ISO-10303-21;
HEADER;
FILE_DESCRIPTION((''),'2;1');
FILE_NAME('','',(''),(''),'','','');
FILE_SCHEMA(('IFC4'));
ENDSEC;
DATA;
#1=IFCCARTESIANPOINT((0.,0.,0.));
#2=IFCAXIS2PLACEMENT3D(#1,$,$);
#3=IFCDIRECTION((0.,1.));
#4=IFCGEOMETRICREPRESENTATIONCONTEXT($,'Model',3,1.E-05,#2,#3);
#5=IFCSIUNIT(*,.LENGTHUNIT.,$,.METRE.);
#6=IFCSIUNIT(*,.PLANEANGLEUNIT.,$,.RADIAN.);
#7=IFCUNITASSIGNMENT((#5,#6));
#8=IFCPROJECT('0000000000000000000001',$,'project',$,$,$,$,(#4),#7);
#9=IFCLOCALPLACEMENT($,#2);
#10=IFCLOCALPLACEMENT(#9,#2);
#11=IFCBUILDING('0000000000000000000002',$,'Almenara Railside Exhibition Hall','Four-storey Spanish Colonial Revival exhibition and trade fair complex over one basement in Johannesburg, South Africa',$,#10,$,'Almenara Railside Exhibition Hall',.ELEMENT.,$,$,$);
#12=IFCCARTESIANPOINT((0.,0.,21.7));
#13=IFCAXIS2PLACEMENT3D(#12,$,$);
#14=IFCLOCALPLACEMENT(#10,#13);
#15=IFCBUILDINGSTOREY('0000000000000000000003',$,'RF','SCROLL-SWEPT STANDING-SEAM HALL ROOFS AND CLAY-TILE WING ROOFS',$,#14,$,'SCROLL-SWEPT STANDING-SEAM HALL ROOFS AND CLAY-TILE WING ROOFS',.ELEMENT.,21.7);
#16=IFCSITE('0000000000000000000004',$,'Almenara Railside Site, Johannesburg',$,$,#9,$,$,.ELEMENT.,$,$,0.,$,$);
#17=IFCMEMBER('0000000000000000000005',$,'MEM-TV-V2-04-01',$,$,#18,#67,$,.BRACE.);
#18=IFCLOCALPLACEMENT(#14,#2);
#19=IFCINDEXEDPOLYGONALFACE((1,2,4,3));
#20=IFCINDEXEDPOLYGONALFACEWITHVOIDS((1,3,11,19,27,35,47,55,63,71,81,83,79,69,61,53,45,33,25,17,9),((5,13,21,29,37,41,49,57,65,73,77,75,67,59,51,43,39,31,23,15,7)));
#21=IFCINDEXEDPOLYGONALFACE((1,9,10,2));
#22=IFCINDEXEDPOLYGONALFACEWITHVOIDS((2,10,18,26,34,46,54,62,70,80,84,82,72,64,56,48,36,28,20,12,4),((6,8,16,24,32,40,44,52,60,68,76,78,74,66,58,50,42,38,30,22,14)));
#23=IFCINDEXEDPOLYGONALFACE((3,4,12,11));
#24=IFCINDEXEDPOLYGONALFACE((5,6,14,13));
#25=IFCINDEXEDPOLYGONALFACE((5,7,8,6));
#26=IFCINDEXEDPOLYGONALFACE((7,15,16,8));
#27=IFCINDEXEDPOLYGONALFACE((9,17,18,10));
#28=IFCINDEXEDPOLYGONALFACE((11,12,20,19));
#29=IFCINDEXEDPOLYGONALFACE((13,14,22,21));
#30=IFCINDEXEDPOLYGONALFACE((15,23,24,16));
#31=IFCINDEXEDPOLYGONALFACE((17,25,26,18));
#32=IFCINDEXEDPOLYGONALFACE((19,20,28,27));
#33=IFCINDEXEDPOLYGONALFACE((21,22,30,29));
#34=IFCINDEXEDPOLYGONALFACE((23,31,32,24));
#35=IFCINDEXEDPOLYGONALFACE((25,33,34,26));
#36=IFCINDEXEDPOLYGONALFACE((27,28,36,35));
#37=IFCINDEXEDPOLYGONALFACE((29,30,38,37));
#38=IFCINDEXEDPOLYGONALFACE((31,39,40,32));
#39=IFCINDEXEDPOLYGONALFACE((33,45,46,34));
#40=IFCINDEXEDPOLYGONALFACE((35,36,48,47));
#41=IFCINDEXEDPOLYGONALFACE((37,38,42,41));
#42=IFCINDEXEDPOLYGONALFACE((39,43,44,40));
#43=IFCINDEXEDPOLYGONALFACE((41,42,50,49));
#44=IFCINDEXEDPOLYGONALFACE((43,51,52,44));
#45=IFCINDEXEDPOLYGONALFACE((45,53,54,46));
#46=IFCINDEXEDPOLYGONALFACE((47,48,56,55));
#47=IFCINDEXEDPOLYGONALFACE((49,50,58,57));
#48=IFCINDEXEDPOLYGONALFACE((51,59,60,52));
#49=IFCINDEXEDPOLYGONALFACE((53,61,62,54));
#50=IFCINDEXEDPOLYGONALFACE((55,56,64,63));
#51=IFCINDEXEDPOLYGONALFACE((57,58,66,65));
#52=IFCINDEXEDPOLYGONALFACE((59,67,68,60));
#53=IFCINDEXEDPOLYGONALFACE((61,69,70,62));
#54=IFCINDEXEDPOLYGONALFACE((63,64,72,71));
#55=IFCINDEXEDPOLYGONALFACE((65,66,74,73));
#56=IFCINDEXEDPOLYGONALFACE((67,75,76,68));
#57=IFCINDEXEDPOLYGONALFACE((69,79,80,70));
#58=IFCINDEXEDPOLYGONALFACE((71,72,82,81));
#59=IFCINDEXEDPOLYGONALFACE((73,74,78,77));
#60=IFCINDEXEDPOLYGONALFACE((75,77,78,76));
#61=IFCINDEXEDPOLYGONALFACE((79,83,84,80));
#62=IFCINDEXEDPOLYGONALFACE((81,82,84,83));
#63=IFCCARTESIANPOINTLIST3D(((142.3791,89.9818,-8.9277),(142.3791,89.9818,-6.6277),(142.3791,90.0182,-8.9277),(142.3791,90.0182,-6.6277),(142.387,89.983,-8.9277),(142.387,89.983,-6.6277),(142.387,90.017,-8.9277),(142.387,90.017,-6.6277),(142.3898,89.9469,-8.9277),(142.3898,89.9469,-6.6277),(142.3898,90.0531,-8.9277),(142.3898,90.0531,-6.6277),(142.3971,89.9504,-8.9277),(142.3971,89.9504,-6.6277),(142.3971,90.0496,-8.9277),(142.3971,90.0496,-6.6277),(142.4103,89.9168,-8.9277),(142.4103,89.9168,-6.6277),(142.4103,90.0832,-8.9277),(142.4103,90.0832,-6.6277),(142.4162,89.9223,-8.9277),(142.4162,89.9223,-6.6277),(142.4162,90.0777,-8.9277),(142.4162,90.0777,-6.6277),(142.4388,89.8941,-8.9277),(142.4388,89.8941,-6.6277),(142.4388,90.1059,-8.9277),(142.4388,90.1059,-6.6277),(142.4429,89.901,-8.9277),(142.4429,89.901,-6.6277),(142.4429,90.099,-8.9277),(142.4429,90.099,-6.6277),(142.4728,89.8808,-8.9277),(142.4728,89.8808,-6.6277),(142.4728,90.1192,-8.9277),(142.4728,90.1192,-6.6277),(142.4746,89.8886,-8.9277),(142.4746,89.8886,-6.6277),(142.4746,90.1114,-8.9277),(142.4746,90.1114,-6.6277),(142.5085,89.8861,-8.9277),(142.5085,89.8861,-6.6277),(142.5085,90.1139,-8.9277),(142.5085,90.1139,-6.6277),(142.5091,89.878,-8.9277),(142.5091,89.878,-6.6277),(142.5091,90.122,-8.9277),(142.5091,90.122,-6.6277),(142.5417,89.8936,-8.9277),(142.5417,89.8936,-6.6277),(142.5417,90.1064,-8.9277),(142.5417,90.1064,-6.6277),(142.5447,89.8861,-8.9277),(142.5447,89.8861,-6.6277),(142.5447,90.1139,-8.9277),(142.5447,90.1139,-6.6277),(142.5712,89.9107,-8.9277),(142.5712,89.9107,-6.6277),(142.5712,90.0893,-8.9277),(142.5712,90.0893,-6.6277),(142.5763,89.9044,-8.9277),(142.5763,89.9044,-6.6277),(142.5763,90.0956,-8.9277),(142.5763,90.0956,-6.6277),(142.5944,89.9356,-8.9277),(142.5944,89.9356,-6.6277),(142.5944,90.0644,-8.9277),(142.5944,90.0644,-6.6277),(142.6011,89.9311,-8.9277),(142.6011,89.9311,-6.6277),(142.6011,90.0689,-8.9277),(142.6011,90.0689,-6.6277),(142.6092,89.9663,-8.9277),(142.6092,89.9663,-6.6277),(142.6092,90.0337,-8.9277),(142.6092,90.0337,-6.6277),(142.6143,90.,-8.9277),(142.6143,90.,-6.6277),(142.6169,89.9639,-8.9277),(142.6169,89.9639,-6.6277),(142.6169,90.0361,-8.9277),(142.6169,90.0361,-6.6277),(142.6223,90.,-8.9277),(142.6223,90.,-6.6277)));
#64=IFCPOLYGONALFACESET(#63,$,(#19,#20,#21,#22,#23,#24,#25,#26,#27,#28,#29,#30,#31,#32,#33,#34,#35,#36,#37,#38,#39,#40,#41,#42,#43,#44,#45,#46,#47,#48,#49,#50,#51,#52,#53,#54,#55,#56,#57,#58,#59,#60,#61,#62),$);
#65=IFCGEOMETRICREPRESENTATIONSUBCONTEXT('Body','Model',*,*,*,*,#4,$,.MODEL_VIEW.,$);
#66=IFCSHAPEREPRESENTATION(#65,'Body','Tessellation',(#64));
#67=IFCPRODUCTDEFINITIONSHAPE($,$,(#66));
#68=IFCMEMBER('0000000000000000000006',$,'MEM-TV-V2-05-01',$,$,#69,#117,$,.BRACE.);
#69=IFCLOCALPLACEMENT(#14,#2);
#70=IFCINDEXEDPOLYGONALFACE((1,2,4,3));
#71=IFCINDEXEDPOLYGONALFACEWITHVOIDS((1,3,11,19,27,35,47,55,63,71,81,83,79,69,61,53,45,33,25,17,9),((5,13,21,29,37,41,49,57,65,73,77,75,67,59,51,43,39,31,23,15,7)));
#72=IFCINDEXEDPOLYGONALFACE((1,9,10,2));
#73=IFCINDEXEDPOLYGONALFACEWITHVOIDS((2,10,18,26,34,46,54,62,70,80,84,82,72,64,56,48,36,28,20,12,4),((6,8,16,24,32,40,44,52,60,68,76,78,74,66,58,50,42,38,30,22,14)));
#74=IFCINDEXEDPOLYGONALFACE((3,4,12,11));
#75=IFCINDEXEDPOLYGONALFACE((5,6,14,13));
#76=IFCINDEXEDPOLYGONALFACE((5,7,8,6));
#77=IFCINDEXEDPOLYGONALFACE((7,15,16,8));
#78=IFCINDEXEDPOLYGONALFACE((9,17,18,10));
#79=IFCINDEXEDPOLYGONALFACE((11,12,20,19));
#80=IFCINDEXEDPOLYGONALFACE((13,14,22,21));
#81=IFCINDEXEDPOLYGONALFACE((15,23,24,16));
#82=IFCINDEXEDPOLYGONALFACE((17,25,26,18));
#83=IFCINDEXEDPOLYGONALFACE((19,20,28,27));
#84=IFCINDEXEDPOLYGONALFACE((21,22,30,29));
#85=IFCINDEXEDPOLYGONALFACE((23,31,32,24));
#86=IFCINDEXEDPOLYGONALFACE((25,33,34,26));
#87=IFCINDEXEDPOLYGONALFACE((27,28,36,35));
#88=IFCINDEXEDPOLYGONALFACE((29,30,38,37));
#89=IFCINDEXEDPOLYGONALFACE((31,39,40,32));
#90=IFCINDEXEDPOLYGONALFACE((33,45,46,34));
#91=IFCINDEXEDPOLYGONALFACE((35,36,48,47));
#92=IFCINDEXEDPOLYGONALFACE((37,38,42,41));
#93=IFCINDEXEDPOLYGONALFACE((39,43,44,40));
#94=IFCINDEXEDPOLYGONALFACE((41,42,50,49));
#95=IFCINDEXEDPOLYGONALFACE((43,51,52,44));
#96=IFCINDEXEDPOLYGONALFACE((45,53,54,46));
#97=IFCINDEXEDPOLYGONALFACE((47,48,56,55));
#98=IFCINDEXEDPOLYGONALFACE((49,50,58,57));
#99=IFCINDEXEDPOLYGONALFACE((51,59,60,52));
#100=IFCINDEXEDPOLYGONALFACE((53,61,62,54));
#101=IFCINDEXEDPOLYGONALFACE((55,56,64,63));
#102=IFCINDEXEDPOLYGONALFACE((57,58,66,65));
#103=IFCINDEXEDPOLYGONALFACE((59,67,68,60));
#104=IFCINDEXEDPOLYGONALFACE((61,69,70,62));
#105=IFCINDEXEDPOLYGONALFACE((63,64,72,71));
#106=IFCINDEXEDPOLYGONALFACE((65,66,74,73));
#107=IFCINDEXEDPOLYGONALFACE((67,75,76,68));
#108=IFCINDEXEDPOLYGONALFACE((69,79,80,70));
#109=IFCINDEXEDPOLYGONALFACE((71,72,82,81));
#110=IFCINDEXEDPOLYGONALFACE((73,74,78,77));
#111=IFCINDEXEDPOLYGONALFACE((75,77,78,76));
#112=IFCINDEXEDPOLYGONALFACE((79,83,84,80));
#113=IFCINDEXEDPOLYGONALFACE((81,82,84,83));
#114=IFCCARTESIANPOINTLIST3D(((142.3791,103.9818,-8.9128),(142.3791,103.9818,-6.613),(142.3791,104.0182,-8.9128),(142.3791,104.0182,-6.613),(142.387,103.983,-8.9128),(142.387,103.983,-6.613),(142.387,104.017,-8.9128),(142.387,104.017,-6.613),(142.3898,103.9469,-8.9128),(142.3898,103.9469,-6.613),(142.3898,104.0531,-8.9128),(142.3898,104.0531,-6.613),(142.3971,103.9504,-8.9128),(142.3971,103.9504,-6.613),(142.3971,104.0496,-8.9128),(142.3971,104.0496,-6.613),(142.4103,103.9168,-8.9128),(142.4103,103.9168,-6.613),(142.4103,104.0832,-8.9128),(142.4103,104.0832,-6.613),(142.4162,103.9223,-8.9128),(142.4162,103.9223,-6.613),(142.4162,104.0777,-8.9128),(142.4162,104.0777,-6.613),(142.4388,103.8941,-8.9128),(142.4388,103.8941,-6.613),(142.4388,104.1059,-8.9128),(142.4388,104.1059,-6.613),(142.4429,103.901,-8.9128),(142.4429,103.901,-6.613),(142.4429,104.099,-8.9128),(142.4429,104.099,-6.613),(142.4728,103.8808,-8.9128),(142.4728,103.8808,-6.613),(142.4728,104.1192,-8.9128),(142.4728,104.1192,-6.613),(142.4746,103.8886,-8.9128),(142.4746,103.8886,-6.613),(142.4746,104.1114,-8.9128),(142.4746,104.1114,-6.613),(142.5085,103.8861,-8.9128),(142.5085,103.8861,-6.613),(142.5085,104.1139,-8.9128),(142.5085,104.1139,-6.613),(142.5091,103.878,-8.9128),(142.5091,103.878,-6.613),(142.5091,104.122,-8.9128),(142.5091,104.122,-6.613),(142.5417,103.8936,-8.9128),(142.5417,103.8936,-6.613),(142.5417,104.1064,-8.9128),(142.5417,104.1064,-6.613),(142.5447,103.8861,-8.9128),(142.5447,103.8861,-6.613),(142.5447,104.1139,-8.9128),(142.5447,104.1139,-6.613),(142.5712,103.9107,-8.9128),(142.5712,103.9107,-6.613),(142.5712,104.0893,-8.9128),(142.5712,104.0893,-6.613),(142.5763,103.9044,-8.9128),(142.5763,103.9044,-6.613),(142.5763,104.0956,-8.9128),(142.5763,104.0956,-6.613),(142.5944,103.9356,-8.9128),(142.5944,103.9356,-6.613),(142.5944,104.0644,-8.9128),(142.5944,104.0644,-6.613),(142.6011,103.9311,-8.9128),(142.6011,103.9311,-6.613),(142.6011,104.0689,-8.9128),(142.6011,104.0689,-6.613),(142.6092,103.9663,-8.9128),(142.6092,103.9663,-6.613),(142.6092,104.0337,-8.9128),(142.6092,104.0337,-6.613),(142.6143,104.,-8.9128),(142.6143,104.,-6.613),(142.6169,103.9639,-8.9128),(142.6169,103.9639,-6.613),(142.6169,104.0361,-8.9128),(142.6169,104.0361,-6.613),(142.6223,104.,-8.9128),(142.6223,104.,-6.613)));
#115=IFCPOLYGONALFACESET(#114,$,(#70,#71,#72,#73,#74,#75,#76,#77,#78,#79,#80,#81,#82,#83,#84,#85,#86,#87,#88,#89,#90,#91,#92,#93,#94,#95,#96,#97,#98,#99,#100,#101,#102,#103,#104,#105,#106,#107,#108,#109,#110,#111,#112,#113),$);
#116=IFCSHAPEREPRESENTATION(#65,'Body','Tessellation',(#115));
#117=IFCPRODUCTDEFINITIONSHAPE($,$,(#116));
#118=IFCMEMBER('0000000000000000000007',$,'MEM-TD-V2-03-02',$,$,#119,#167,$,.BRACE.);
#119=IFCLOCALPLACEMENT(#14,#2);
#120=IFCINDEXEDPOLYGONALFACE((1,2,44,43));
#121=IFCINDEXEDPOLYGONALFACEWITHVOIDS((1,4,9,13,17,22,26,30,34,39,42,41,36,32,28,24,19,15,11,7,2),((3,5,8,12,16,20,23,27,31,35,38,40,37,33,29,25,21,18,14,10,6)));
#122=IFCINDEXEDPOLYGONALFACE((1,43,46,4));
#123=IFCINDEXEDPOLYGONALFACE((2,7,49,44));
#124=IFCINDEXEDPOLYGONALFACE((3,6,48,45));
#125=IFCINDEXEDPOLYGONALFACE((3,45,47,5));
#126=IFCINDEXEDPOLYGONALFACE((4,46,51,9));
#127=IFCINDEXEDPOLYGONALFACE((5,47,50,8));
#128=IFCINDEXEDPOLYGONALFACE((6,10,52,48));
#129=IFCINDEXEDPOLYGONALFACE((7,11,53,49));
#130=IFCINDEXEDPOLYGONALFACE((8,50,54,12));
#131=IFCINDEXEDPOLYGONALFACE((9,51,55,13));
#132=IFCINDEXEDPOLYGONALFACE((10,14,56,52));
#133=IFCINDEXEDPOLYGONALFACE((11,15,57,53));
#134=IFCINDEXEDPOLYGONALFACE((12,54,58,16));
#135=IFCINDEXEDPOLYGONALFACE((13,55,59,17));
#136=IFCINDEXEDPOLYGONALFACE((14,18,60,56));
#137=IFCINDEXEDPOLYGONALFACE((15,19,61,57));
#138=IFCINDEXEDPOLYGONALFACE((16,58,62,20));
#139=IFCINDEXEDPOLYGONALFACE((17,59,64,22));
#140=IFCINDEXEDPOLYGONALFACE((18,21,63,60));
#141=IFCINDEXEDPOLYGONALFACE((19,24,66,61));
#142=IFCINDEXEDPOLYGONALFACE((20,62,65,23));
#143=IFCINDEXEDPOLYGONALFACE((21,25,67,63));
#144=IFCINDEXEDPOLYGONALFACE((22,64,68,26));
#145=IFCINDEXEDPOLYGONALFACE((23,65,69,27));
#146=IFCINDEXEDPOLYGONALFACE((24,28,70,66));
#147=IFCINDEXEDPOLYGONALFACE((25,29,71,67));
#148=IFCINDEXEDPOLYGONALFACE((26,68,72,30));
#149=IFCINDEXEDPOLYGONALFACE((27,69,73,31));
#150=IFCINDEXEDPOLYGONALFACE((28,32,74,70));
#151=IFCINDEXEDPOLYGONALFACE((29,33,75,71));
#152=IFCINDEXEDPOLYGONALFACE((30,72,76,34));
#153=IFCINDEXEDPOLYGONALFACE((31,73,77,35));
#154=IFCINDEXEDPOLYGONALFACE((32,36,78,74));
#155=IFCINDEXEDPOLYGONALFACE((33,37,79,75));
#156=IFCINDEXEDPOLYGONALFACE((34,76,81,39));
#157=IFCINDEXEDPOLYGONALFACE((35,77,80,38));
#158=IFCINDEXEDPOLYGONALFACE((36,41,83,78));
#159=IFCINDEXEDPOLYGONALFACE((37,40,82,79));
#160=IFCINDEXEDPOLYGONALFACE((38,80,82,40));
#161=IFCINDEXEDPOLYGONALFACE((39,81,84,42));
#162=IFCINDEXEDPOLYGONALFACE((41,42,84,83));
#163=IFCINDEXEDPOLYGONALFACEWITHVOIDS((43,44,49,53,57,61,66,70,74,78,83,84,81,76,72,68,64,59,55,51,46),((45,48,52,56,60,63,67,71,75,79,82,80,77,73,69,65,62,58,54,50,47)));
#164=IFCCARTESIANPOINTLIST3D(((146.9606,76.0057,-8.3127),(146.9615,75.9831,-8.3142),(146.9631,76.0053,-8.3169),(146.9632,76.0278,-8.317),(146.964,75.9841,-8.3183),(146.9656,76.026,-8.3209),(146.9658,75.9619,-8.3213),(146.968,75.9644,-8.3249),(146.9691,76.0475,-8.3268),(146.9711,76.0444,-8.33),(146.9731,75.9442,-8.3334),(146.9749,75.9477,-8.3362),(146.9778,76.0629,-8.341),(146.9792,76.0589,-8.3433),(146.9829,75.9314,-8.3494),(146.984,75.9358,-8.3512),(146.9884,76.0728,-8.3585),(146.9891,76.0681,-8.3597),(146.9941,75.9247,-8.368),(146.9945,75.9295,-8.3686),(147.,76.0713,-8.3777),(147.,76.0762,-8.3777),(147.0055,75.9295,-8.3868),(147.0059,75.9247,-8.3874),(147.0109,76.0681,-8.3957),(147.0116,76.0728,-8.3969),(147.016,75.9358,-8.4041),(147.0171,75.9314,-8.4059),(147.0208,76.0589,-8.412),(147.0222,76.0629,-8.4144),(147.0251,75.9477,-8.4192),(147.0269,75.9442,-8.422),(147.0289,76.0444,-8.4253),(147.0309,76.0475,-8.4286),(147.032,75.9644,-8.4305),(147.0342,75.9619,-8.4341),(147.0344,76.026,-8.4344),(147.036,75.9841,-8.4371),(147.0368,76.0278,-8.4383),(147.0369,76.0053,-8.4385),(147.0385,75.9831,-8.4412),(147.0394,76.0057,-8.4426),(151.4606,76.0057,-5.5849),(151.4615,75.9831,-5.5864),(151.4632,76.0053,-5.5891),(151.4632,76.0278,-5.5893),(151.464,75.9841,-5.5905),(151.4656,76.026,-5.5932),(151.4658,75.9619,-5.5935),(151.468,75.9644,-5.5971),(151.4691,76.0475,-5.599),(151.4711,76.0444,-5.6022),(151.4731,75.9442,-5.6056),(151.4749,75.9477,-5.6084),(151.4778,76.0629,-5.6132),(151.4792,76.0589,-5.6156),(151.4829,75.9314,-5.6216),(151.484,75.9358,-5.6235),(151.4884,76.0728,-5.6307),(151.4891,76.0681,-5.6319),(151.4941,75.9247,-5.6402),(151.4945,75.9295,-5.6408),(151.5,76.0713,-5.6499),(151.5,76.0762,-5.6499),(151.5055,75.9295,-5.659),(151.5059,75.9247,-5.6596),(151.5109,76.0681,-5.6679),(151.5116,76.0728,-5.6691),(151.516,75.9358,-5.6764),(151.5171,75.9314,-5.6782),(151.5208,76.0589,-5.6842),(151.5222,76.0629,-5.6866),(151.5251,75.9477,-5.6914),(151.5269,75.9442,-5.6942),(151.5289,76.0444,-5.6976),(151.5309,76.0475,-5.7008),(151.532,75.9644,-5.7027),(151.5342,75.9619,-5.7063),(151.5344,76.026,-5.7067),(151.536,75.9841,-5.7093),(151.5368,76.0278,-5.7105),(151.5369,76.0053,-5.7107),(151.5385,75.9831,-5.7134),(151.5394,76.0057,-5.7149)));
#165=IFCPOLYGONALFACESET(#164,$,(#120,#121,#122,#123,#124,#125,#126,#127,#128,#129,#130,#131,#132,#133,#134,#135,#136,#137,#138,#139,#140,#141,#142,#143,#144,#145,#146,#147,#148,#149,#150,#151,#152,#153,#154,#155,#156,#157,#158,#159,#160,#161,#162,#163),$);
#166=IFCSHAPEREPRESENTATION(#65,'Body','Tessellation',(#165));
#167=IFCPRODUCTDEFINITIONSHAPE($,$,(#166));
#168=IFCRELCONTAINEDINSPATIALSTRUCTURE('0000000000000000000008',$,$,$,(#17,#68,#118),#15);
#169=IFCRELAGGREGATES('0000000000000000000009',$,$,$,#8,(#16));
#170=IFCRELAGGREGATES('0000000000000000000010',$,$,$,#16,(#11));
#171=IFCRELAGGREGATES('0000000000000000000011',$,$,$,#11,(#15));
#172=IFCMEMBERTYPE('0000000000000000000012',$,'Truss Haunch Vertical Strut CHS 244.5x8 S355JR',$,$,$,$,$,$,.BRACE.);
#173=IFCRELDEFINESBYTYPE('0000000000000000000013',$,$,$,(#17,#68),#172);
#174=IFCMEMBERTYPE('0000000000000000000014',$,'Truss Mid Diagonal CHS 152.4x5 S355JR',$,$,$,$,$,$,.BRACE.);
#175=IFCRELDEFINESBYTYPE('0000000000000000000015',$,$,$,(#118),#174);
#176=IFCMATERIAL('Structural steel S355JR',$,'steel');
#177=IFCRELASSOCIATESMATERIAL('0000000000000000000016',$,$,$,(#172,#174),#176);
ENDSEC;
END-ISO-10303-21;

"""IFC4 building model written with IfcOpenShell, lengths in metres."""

from ifc_helpers import new_model, si_unit, direction, frame, origin, origin_2d, place, context, subcontext, project, spatial, hollow_circle, extrude, material, material_profile, profile_set, type_object, element, save


model = new_model("IFC4")

# Units and contexts
model_context = context("Model", 3, precision=1e-05, world=origin(), true_north=direction((0.0, 1.0)))
body_context = subcontext(model_context, "Body", "Model", "MODEL_VIEW")
ifc_project = project(units=[si_unit("LENGTHUNIT", "METRE"), si_unit("PLANEANGLEUNIT", "RADIAN")], contexts=[model_context])

# Site, building, storey
site_placement = place(None, origin())
site = spatial("IfcSite", under=ifc_project, at=site_placement, Name="Almenara Railside Site, Johannesburg", CompositionType="ELEMENT", RefElevation=0.0)
building_placement = place(site_placement, origin())
building = spatial("IfcBuilding", under=site, at=building_placement, Name="Almenara Railside Exhibition Hall", Description="Four-storey Spanish Colonial Revival exhibition and trade fair complex over one basement in Johannesburg, South Africa", LongName="Almenara Railside Exhibition Hall", CompositionType="ELEMENT")
storey_placement = place(building_placement, frame((0.0, 0.0, 21.7)))
storey = spatial("IfcBuildingStorey", under=building, at=storey_placement, Name="RF", Description="SCROLL-SWEPT STANDING-SEAM HALL ROOFS AND CLAY-TILE WING ROOFS", LongName="SCROLL-SWEPT STANDING-SEAM HALL ROOFS AND CLAY-TILE WING ROOFS", CompositionType="ELEMENT", Elevation=21.7)

# Members
ifc_material = material(Name="Structural steel S355JR", Category="steel")
ifc_material_profile_1 = material_profile(ifc_material, hollow_circle(Radius=0.1223, WallThickness=0.0081, at=origin_2d()), Name="CHS 244.5x8")
ifc_profile_set_1 = profile_set([ifc_material_profile_1], Name="Structural steel S355JR")
member_type_1 = type_object("IfcMemberType", Name="Truss Haunch Vertical Strut CHS 244.5x8 S355JR", PredefinedType="BRACE", material=ifc_profile_set_1)
for number, where, z_axis, x_axis, name in (
    (1, (142.5, 90.0, -8.9277), (0.0, 0.0, 1.0), (1.0, 0.0, 0.0), "MEM-TV-V2-04-01"),
):
    element("IfcMember", number, at=place(storey_placement, frame(where, z_axis=z_axis, x_axis=x_axis)), inside=storey, type_object=member_type_1, Name=name, PredefinedType="BRACE", context=body_context, shape_type="SweptSolid", body=[
        extrude(hollow_circle(Radius=0.1223, WallThickness=0.0081, at=origin_2d()), origin(), (0.0, 0.0, 1.0), 2.3),
    ])
member_1_placement = place(storey_placement, frame((142.5, 104.0, -8.9128), z_axis=(0.0, 0.0, 1.0), x_axis=(1.0, 0.0, 0.0)))
element("IfcMember", 2, at=member_1_placement, inside=storey, type_object=member_type_1, Name="MEM-TV-V2-05-01", PredefinedType="BRACE", context=body_context, shape_type="SweptSolid", body=[
    extrude(hollow_circle(Radius=0.1223, WallThickness=0.0081, at=origin_2d()), origin(), (0.0, 0.0, 1.0), 2.2998),
])
ifc_material_profile_2 = material_profile(ifc_material, hollow_circle(Radius=0.0762, WallThickness=0.0049, at=origin_2d()), Name="CHS 152.4x5")
ifc_profile_set_2 = profile_set([ifc_material_profile_2], Name="Structural steel S355JR")
member_type_2 = type_object("IfcMemberType", Name="Truss Mid Diagonal CHS 152.4x5 S355JR", PredefinedType="BRACE", material=ifc_profile_set_2)
for number, where, z_axis, x_axis, name in (
    (3, (147.0, 76.0, -8.3777), (0.855155, 0.0, 0.518373), (0.0, 1.0, 0.0), "MEM-TD-V2-03-02"),
):
    element("IfcMember", number, at=place(storey_placement, frame(where, z_axis=z_axis, x_axis=x_axis)), inside=storey, type_object=member_type_2, Name=name, PredefinedType="BRACE", context=body_context, shape_type="SweptSolid", body=[
        extrude(hollow_circle(Radius=0.0762, WallThickness=0.0049, at=origin_2d()), origin(), (0.0, 0.0, 1.0), 5.2622),
    ])

save(model, "model.ifc")
